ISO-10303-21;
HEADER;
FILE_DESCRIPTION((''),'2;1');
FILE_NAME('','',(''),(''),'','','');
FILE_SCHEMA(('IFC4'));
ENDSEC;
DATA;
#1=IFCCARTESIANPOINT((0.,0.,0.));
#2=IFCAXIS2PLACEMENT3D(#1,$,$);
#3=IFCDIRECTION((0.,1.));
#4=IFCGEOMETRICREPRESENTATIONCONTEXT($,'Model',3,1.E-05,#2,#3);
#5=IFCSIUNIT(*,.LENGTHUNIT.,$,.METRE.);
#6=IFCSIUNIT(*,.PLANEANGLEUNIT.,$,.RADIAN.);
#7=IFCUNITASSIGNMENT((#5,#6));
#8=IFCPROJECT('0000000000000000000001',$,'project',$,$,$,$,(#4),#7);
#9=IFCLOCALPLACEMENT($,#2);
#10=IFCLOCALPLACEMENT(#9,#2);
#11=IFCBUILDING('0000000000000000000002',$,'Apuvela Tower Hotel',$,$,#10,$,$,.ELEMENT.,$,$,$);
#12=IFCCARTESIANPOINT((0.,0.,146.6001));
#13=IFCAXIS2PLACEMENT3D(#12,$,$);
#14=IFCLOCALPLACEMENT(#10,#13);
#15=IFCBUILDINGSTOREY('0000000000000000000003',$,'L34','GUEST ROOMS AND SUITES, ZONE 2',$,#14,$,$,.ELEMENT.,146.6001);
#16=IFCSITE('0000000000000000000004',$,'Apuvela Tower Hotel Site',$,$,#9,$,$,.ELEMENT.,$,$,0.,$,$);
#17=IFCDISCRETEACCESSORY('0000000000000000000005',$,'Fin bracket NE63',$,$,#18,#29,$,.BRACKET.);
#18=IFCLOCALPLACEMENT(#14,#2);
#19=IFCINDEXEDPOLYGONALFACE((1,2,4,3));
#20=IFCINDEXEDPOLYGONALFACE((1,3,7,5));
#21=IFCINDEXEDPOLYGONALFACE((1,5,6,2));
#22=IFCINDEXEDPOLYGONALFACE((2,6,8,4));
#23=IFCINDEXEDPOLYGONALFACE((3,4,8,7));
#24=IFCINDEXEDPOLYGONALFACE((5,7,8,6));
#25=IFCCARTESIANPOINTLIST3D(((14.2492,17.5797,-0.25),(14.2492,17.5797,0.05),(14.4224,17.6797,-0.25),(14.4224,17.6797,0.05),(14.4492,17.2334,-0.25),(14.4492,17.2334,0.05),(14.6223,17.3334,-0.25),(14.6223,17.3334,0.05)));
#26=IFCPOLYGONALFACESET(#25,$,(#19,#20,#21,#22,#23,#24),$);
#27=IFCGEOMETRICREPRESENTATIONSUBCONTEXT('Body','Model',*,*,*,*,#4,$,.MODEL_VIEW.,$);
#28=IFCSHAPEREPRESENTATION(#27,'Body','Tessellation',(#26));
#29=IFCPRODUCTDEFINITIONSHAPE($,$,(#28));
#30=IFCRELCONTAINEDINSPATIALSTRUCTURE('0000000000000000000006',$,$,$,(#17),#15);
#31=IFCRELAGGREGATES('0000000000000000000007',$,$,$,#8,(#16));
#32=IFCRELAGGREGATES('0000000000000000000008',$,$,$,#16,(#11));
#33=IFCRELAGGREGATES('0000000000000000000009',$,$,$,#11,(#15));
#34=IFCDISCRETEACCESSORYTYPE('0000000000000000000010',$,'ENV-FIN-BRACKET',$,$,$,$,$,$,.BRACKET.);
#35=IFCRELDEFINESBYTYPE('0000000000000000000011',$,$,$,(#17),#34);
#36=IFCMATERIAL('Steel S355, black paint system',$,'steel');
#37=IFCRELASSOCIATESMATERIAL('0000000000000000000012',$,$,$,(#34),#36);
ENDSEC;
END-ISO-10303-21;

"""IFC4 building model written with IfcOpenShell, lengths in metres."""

from ifc_helpers import new_model, si_unit, direction, frame, origin, origin_2d, place, context, subcontext, project, spatial, rectangle, extrude, material, type_object, element, save


model = new_model("IFC4")

# Units and contexts
model_context = context("Model", 3, precision=1e-05, world=origin(), true_north=direction((0.0, 1.0)))
body_context = subcontext(model_context, "Body", "Model", "MODEL_VIEW")
ifc_project = project(units=[si_unit("LENGTHUNIT", "METRE"), si_unit("PLANEANGLEUNIT", "RADIAN")], contexts=[model_context])

# Site, building, storey
site_placement = place(None, origin())
site = spatial("IfcSite", under=ifc_project, at=site_placement, Name="Apuvela Tower Hotel Site", CompositionType="ELEMENT", RefElevation=0.0)
building_placement = place(site_placement, origin())
building = spatial("IfcBuilding", under=site, at=building_placement, Name="Apuvela Tower Hotel", CompositionType="ELEMENT")
storey_placement = place(building_placement, frame((0.0, 0.0, 146.6001)))
storey = spatial("IfcBuildingStorey", under=building, at=storey_placement, Name="L34", Description="GUEST ROOMS AND SUITES, ZONE 2", CompositionType="ELEMENT", Elevation=146.6001)

# Discrete accessory
ifc_material_1 = material(Name="Steel S355, black paint system", Category="steel")
discrete_accessory_type = type_object("IfcDiscreteAccessoryType", Name="ENV-FIN-BRACKET", PredefinedType="BRACKET", material=ifc_material_1)
discrete_accessory_placement = place(storey_placement, frame((14.4358, 17.4565, -0.25), z_axis=(0.0, 0.0, 1.0), x_axis=(-0.5, 0.866025, 0.0)))
element("IfcDiscreteAccessory", 1, at=discrete_accessory_placement, inside=storey, type_object=discrete_accessory_type, Name="Fin bracket NE63", PredefinedType="BRACKET", context=body_context, shape_type="SweptSolid", body=[
    extrude(rectangle(XDim=0.3999, YDim=0.2, at=origin_2d()), origin(), (0.0, 0.0, 1.0), 0.3),
])

save(model, "model.ifc")
